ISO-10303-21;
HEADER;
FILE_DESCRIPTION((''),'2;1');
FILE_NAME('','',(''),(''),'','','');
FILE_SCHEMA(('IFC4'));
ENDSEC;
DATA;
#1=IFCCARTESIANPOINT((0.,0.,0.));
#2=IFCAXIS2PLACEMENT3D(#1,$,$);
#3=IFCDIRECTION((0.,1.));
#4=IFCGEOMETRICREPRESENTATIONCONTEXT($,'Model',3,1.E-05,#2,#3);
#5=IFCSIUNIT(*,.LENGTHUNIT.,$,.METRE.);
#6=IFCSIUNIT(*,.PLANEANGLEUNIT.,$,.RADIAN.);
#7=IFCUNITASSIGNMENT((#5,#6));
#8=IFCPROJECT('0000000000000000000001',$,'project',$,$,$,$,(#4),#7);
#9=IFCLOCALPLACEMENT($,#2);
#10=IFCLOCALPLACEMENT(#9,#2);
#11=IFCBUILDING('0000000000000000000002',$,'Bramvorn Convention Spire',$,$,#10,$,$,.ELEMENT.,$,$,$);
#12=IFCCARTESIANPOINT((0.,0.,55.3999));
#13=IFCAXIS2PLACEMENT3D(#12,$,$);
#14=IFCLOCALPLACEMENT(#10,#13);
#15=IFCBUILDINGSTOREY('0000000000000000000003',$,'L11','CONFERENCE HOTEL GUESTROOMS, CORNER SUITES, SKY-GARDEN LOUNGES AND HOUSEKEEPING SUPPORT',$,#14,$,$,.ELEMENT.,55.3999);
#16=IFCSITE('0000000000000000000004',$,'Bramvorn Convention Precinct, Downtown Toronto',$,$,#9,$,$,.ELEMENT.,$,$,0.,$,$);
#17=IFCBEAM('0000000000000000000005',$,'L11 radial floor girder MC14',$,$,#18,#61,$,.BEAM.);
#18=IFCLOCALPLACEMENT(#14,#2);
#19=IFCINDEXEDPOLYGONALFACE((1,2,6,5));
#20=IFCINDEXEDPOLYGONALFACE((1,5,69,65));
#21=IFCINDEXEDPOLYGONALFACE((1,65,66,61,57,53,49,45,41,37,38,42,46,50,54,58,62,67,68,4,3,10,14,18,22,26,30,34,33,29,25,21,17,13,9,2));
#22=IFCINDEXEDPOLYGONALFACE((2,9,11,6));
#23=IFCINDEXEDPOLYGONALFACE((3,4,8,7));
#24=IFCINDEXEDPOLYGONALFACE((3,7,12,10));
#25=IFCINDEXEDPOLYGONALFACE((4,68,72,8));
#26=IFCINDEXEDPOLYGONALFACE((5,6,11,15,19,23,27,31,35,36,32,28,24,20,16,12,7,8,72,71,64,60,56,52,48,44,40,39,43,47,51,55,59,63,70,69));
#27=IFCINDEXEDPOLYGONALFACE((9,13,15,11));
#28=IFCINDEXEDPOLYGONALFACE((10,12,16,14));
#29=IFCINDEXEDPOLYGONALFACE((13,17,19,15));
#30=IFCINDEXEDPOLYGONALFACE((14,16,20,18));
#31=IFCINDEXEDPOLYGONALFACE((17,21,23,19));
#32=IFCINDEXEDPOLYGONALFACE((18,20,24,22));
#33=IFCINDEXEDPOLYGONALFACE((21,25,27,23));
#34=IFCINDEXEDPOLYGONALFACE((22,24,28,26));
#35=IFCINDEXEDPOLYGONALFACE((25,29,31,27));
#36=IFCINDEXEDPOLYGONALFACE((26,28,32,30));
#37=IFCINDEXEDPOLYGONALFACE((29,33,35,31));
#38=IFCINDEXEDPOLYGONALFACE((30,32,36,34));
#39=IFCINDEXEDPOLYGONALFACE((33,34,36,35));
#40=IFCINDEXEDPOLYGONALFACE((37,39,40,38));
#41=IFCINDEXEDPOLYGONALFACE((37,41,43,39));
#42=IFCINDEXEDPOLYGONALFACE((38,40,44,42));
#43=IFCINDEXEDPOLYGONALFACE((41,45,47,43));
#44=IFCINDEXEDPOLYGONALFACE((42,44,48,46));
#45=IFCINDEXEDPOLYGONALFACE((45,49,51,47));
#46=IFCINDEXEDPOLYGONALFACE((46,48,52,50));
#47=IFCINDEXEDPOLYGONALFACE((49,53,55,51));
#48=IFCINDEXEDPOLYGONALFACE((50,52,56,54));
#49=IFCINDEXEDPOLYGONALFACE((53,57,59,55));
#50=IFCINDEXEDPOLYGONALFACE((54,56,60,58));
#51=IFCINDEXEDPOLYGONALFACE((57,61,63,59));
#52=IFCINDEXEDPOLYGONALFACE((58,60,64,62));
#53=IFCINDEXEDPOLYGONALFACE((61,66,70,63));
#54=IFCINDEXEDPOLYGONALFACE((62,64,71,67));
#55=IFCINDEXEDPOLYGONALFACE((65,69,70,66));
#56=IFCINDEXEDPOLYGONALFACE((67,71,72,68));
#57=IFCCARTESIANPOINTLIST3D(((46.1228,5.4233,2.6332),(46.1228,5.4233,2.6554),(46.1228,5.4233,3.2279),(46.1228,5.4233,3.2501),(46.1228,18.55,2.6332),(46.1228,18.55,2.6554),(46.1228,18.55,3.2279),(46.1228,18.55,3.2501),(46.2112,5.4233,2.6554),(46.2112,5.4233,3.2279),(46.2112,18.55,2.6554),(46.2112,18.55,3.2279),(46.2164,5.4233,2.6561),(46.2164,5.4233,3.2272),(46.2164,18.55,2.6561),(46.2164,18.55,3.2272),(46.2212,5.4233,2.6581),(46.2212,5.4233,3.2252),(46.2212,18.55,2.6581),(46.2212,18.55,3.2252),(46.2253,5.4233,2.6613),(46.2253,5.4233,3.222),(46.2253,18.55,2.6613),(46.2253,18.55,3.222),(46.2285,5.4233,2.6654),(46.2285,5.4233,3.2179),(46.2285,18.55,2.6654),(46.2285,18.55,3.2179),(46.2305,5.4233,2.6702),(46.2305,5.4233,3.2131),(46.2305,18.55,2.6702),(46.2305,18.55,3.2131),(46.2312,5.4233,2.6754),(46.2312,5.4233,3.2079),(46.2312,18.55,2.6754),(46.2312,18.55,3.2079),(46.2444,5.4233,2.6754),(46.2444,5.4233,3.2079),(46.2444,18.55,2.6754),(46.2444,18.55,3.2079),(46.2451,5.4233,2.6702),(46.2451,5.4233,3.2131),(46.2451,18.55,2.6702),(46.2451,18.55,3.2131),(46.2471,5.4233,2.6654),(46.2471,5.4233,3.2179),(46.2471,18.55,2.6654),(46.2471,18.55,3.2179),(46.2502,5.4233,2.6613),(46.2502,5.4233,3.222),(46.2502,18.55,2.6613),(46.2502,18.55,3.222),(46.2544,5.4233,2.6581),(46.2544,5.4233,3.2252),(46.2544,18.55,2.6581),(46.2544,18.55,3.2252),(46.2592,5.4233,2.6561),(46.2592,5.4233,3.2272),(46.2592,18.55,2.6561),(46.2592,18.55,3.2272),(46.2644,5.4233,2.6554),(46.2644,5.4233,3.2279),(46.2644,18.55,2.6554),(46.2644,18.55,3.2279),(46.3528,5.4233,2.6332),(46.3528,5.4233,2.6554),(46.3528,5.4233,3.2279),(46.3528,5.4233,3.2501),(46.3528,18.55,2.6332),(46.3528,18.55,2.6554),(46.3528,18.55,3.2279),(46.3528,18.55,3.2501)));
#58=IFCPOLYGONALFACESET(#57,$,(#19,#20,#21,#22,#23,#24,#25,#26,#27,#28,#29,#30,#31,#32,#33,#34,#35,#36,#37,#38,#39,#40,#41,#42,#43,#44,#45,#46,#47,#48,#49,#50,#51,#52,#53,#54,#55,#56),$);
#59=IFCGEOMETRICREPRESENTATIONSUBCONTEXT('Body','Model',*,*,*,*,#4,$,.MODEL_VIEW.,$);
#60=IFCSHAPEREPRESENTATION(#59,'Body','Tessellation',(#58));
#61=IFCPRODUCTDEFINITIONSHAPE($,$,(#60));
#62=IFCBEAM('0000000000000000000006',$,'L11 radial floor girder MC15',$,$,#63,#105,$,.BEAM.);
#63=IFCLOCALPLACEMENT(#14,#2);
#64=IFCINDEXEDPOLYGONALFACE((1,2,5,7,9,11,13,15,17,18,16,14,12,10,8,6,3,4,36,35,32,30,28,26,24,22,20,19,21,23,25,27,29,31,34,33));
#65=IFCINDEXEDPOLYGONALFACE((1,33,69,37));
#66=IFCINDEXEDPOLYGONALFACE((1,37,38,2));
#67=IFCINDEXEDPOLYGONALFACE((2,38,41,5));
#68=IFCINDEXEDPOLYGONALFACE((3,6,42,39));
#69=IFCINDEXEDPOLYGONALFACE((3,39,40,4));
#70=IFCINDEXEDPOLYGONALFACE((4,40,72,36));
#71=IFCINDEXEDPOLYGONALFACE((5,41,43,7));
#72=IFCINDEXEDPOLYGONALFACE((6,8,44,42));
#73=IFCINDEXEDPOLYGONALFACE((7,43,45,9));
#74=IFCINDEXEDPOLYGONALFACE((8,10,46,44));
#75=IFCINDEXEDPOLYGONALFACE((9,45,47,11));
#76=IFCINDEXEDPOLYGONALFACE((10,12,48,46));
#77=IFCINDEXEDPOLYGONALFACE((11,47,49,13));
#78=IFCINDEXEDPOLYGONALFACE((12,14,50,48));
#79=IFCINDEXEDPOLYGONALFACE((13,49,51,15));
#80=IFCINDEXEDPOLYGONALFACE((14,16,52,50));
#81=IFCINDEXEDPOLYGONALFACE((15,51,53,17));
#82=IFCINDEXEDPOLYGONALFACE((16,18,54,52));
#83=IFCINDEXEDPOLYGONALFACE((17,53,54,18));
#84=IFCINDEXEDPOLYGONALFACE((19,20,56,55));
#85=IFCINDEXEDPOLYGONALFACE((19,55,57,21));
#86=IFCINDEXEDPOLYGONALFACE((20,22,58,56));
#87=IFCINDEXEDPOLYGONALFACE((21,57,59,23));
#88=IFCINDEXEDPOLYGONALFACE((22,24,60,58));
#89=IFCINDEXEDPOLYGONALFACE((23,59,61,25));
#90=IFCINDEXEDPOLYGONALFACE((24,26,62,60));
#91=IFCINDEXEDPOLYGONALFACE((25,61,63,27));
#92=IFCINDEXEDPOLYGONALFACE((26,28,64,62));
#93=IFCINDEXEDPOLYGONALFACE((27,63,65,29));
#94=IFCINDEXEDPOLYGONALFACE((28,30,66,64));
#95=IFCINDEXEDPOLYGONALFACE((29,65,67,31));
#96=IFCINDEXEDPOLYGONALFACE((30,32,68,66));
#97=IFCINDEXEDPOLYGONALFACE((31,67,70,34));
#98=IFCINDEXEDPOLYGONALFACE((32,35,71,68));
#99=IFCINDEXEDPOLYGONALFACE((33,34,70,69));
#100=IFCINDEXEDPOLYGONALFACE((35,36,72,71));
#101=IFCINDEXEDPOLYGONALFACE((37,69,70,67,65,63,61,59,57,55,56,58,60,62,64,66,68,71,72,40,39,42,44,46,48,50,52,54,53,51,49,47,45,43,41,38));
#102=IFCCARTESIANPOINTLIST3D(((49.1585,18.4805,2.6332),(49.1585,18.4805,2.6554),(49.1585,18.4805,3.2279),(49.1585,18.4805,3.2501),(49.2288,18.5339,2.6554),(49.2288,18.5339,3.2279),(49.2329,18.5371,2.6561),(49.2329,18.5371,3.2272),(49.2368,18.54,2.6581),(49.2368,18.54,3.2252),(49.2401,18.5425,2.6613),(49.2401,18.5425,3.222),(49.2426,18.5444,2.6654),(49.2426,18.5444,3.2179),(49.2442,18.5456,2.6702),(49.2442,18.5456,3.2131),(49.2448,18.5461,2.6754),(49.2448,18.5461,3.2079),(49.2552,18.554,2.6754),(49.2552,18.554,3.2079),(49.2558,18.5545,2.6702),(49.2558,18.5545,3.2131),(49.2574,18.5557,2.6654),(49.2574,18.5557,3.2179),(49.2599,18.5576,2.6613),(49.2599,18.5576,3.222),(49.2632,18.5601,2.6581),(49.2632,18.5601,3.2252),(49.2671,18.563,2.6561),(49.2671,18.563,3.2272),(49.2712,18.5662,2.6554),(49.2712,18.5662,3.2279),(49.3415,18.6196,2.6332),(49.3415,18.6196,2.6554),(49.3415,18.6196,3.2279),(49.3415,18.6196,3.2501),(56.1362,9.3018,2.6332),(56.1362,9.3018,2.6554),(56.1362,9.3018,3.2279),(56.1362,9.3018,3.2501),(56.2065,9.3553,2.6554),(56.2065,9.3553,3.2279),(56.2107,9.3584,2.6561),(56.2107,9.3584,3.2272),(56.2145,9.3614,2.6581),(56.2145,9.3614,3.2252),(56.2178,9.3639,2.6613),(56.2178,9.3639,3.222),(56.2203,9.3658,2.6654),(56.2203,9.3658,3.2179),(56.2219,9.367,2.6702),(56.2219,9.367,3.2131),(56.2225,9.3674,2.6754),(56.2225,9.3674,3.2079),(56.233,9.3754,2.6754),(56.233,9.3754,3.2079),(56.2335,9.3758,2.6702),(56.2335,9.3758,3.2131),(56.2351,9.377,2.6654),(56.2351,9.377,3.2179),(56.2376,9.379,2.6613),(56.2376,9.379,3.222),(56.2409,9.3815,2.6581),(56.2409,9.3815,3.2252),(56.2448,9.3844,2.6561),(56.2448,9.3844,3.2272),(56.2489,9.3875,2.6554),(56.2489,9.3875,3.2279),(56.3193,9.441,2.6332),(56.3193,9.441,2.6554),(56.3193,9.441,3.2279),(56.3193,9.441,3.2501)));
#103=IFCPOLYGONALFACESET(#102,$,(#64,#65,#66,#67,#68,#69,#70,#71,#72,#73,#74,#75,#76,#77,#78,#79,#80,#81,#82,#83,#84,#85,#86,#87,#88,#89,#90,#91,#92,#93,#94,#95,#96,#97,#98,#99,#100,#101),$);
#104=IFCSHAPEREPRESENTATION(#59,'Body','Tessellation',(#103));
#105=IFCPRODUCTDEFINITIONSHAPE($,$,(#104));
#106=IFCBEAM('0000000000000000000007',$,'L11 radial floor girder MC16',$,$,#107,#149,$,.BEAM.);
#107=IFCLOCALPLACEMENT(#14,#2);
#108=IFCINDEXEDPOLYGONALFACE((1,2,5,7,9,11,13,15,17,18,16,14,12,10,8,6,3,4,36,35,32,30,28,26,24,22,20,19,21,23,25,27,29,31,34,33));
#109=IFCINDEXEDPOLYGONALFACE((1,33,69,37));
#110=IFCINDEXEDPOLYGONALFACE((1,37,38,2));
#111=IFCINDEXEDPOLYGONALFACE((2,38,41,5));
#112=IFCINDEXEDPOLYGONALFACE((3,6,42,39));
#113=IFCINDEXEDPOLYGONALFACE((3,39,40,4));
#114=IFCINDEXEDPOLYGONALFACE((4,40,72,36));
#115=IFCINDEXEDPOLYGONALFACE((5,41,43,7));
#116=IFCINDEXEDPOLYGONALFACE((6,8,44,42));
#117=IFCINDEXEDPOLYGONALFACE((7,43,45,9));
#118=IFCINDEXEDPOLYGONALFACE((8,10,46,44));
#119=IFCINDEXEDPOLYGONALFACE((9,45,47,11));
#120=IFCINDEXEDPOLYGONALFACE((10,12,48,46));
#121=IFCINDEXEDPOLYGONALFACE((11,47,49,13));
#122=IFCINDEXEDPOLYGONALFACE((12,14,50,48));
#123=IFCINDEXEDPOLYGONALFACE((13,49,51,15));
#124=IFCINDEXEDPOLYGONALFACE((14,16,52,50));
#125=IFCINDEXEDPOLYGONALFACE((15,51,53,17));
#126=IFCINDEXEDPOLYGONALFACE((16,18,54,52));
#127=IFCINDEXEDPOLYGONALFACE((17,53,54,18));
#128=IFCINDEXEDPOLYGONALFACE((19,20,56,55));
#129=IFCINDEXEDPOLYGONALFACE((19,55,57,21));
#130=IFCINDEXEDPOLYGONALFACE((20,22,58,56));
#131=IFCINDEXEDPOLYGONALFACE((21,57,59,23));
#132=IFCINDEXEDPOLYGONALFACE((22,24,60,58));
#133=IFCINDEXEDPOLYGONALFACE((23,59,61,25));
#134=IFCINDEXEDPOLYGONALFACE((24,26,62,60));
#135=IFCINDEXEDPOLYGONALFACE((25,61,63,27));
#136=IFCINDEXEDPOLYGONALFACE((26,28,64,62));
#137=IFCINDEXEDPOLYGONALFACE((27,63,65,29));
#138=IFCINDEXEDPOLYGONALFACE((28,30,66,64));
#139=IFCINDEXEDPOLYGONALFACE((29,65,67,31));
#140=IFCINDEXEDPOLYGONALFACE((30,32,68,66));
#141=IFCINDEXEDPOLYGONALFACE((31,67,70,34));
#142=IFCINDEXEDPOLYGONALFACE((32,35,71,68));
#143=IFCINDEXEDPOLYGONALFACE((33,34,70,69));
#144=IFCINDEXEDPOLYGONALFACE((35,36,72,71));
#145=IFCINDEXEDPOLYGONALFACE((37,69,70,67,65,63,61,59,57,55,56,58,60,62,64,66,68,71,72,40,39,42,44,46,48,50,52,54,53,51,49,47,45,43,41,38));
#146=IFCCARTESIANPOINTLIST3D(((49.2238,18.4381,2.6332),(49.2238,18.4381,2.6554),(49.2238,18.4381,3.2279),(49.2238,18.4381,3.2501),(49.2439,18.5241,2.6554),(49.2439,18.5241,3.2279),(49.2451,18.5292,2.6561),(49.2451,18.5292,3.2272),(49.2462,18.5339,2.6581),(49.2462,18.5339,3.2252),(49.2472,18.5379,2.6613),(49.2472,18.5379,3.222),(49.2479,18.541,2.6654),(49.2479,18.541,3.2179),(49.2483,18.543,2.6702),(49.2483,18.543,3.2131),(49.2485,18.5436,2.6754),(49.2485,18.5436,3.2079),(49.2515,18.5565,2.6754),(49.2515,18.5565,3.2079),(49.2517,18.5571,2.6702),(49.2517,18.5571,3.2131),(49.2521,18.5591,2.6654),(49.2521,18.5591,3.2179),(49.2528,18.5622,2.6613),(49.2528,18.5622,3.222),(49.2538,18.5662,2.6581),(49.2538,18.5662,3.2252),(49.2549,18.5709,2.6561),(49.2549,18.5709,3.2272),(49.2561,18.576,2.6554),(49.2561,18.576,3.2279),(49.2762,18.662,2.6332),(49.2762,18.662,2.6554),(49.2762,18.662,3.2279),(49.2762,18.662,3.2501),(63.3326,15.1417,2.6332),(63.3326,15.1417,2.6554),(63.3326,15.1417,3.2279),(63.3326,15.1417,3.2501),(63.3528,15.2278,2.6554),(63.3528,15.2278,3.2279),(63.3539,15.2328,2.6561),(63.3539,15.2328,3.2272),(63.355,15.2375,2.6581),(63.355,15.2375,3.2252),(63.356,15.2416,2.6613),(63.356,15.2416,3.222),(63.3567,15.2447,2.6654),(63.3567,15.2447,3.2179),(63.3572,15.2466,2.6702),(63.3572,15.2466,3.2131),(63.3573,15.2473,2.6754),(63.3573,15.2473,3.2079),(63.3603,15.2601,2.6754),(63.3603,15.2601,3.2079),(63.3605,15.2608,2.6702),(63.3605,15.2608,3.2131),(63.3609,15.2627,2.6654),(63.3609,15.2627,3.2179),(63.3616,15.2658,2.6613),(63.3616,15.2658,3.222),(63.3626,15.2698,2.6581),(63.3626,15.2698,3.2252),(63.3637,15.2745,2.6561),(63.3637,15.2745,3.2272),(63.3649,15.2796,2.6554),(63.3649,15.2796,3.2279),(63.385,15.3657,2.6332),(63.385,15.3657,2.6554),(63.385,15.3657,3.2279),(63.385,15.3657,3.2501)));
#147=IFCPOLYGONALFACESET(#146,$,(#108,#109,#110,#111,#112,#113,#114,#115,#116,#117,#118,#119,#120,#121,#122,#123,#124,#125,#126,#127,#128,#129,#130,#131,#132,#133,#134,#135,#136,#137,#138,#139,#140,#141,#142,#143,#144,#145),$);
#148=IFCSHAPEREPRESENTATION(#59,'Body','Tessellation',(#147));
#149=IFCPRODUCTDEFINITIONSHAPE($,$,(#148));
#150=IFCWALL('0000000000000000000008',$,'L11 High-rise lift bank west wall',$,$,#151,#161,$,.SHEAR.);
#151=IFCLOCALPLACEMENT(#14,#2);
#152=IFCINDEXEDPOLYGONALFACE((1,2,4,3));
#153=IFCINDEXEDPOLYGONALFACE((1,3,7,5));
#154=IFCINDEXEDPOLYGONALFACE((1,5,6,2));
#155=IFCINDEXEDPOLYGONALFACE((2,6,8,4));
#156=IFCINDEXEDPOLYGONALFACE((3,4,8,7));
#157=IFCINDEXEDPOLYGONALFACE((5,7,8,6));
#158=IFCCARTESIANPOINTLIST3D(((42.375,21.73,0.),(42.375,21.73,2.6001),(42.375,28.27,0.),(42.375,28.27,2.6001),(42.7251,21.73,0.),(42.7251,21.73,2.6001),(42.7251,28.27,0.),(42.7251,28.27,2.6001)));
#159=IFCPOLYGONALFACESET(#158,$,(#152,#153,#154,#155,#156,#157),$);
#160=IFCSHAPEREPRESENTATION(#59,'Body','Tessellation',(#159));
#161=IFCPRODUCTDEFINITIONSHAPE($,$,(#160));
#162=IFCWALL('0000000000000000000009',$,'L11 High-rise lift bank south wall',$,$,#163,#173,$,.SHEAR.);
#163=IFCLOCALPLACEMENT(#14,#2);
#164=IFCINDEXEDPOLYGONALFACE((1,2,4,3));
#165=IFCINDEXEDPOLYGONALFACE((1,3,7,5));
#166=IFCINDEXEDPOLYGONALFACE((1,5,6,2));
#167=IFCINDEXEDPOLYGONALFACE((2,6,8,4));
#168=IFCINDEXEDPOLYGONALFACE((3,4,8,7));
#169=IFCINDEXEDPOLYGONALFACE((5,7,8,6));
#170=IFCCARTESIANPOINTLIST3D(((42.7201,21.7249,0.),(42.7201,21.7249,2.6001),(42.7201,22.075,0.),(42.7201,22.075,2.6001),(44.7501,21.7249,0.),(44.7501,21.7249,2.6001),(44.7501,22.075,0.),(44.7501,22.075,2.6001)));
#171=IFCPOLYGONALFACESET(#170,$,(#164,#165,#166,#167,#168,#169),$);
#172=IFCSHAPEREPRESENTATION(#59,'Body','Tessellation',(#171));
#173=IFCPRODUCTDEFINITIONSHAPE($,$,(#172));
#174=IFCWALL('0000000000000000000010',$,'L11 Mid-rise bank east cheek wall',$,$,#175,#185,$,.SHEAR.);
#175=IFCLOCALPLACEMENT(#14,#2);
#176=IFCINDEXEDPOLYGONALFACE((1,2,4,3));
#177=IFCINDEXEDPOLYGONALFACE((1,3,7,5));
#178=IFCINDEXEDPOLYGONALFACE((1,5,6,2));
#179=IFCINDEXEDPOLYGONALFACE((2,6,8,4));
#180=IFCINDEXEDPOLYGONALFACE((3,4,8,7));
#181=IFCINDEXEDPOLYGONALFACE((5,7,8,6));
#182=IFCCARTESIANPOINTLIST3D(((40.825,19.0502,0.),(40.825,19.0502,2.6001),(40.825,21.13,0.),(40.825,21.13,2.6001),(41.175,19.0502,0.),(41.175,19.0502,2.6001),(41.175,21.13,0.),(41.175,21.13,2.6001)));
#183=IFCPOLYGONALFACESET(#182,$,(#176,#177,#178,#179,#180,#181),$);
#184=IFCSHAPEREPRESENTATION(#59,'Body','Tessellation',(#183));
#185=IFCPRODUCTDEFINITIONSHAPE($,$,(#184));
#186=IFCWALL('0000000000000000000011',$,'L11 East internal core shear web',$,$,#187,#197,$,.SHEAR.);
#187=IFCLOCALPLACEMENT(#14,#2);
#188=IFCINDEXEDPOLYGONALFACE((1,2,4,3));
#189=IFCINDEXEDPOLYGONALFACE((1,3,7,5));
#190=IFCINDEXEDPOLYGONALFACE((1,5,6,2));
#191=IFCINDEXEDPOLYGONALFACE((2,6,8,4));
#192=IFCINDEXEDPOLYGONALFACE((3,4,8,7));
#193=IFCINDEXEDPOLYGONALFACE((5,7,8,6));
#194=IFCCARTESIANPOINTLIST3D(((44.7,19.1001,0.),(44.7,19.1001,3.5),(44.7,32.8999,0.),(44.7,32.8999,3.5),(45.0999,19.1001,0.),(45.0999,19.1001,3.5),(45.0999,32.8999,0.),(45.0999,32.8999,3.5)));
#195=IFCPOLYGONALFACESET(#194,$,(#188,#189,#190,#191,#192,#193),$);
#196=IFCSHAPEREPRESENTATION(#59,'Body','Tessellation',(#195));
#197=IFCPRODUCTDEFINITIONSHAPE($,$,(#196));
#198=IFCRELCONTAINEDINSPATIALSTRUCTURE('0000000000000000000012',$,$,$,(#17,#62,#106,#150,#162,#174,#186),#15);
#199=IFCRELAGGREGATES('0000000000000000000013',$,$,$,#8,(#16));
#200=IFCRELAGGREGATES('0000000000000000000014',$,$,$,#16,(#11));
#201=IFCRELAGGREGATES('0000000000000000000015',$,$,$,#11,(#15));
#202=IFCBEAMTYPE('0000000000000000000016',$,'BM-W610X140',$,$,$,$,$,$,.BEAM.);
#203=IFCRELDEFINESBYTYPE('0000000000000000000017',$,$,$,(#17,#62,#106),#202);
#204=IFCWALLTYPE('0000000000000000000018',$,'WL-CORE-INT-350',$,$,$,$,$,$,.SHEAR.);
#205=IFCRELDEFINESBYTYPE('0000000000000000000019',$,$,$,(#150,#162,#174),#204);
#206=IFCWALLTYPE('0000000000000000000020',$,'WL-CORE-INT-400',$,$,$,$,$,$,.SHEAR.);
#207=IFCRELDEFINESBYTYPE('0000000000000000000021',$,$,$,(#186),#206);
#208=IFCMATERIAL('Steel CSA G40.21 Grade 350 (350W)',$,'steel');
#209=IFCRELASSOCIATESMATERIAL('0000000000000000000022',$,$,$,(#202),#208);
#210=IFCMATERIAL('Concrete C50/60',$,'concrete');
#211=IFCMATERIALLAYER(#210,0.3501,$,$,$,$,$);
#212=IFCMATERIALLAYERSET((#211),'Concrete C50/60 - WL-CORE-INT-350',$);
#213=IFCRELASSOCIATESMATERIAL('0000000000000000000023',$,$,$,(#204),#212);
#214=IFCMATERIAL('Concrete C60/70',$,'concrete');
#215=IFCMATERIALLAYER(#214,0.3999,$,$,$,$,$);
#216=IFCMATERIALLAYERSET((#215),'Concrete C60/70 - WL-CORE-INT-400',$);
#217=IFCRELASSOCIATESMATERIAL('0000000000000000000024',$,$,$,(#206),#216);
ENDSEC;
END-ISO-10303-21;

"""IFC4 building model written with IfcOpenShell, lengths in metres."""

from ifc_helpers import new_model, si_unit, direction, frame, frame_2d, origin, origin_2d, place, context, subcontext, project, spatial, rectangle, i_section, extrude, material, layer, layer_set, material_profile, profile_set, type_object, element, save


model = new_model("IFC4")

# Units and contexts
model_context = context("Model", 3, precision=1e-05, world=origin(), true_north=direction((0.0, 1.0)))
body_context = subcontext(model_context, "Body", "Model", "MODEL_VIEW")
ifc_project = project(units=[si_unit("LENGTHUNIT", "METRE"), si_unit("PLANEANGLEUNIT", "RADIAN")], contexts=[model_context])

# Site, building, storey
site_placement = place(None, origin())
site = spatial("IfcSite", under=ifc_project, at=site_placement, Name="Bramvorn Convention Precinct, Downtown Toronto", CompositionType="ELEMENT", RefElevation=0.0)
building_placement = place(site_placement, origin())
building = spatial("IfcBuilding", under=site, at=building_placement, Name="Bramvorn Convention Spire", CompositionType="ELEMENT")
storey_placement = place(building_placement, frame((0.0, 0.0, 55.3999)))
storey = spatial("IfcBuildingStorey", under=building, at=storey_placement, Name="L11", Description="CONFERENCE HOTEL GUESTROOMS, CORNER SUITES, SKY-GARDEN LOUNGES AND HOUSEKEEPING SUPPORT", CompositionType="ELEMENT", Elevation=55.3999)

# Beams
ifc_material_1 = material(Name="Steel CSA G40.21 Grade 350 (350W)", Category="steel")
ifc_material_profile_1 = material_profile(ifc_material_1, i_section(OverallWidth=0.23, OverallDepth=0.6169, WebThickness=0.0132, FlangeThickness=0.0222, FilletRadius=0.02, at=origin_2d()))
ifc_profile_set_1 = profile_set([ifc_material_profile_1], Name="Steel CSA G40.21 Grade 350 (350W) - W610X140")
beam_type_1 = type_object("IfcBeamType", Name="BM-W610X140", PredefinedType="BEAM", material=ifc_profile_set_1)
beam_1_placement = place(storey_placement, frame((46.2378, 18.55, 2.9417), z_axis=(0.0, -1.0, 0.0), x_axis=(1.0, 0.0, 0.0)))
element("IfcBeam", 1, at=beam_1_placement, inside=storey, type_object=beam_type_1, Name="L11 radial floor girder MC14", PredefinedType="BEAM", context=body_context, shape_type="SweptSolid", body=[
    extrude(i_section(OverallWidth=0.23, OverallDepth=0.6169, WebThickness=0.0132, FlangeThickness=0.0222, FilletRadius=0.02, at=origin_2d()), origin(), (0.0, 0.0, 1.0), 13.1267),
])
beam_2_placement = place(storey_placement, frame((49.25, 18.55, 2.9417), z_axis=(0.605191, -0.79608, 0.0), x_axis=(0.79608, 0.605191, 0.0)))
element("IfcBeam", 2, at=beam_2_placement, inside=storey, type_object=beam_type_1, Name="L11 radial floor girder MC15", PredefinedType="BEAM", context=body_context, shape_type="SweptSolid", body=[
    extrude(i_section(OverallWidth=0.23, OverallDepth=0.6169, WebThickness=0.0132, FlangeThickness=0.0222, FilletRadius=0.02, at=origin_2d()), origin(), (0.0, 0.0, 1.0), 11.5298),
])
beam_3_placement = place(storey_placement, frame((49.25, 18.55, 2.9417), z_axis=(0.973775, -0.227512, 0.0), x_axis=(0.227512, 0.973775, 0.0)))
element("IfcBeam", 3, at=beam_3_placement, inside=storey, type_object=beam_type_1, Name="L11 radial floor girder MC16", PredefinedType="BEAM", context=body_context, shape_type="SweptSolid", body=[
    extrude(i_section(OverallWidth=0.23, OverallDepth=0.6169, WebThickness=0.0132, FlangeThickness=0.0222, FilletRadius=0.02, at=origin_2d()), origin(), (0.0, 0.0, 1.0), 14.4888),
])

# Shared definitions
ifc_material_2 = material(Name="Concrete C60/70", Category="concrete")

# Walls
ifc_material_3 = material(Name="Concrete C50/60", Category="concrete")
ifc_layer_1 = layer(ifc_material_3, 0.3501)
ifc_layer_set_1 = layer_set([ifc_layer_1], Name="Concrete C50/60 - WL-CORE-INT-350")
wall_type_1 = type_object("IfcWallType", Name="WL-CORE-INT-350", PredefinedType="SHEAR", material=ifc_layer_set_1)
wall_1_placement = place(storey_placement, frame((42.55, 21.73, 0.0), z_axis=(0.0, 0.0, 1.0), x_axis=(0.0, 1.0, 0.0)))
element("IfcWall", 4, at=wall_1_placement, inside=storey, type_object=wall_type_1, Name="L11 High-rise lift bank west wall", PredefinedType="SHEAR", context=body_context, shape_type="SweptSolid", body=[
    extrude(rectangle(XDim=6.54, YDim=0.3501, at=frame_2d((3.27, 0.0))), origin(), (0.0, 0.0, 1.0), 2.6001),
])
wall_2_placement = place(storey_placement, frame((42.72, 21.8999, 0.0), z_axis=(0.0, 0.0, 1.0), x_axis=(1.0, 0.0, 0.0)))
element("IfcWall", 5, at=wall_2_placement, inside=storey, type_object=wall_type_1, Name="L11 High-rise lift bank south wall", PredefinedType="SHEAR", context=body_context, shape_type="SweptSolid", body=[
    extrude(rectangle(XDim=2.03, YDim=0.3501, at=frame_2d((1.0151, 0.0))), origin(), (0.0, 0.0, 1.0), 2.6001),
])
wall_3_placement = place(storey_placement, frame((41.0, 19.05, 0.0), z_axis=(0.0, 0.0, 1.0), x_axis=(0.0, 1.0, 0.0)))
element("IfcWall", 6, at=wall_3_placement, inside=storey, type_object=wall_type_1, Name="L11 Mid-rise bank east cheek wall", PredefinedType="SHEAR", context=body_context, shape_type="SweptSolid", body=[
    extrude(rectangle(XDim=2.0798, YDim=0.3501, at=frame_2d((1.04, 0.0))), origin(), (0.0, 0.0, 1.0), 2.6001),
])
ifc_layer_2 = layer(ifc_material_2, 0.3999)
ifc_layer_set_2 = layer_set([ifc_layer_2], Name="Concrete C60/70 - WL-CORE-INT-400")
wall_type_2 = type_object("IfcWallType", Name="WL-CORE-INT-400", PredefinedType="SHEAR", material=ifc_layer_set_2)
wall_4_placement = place(storey_placement, frame((44.8999, 19.1001, 0.0), z_axis=(0.0, 0.0, 1.0), x_axis=(0.0, 1.0, 0.0)))
element("IfcWall", 7, at=wall_4_placement, inside=storey, type_object=wall_type_2, Name="L11 East internal core shear web", PredefinedType="SHEAR", context=body_context, shape_type="SweptSolid", body=[
    extrude(rectangle(XDim=13.7998, YDim=0.3999, at=frame_2d((6.8999, 0.0))), origin(), (0.0, 0.0, 1.0), 3.5),
])

save(model, "model.ifc")
